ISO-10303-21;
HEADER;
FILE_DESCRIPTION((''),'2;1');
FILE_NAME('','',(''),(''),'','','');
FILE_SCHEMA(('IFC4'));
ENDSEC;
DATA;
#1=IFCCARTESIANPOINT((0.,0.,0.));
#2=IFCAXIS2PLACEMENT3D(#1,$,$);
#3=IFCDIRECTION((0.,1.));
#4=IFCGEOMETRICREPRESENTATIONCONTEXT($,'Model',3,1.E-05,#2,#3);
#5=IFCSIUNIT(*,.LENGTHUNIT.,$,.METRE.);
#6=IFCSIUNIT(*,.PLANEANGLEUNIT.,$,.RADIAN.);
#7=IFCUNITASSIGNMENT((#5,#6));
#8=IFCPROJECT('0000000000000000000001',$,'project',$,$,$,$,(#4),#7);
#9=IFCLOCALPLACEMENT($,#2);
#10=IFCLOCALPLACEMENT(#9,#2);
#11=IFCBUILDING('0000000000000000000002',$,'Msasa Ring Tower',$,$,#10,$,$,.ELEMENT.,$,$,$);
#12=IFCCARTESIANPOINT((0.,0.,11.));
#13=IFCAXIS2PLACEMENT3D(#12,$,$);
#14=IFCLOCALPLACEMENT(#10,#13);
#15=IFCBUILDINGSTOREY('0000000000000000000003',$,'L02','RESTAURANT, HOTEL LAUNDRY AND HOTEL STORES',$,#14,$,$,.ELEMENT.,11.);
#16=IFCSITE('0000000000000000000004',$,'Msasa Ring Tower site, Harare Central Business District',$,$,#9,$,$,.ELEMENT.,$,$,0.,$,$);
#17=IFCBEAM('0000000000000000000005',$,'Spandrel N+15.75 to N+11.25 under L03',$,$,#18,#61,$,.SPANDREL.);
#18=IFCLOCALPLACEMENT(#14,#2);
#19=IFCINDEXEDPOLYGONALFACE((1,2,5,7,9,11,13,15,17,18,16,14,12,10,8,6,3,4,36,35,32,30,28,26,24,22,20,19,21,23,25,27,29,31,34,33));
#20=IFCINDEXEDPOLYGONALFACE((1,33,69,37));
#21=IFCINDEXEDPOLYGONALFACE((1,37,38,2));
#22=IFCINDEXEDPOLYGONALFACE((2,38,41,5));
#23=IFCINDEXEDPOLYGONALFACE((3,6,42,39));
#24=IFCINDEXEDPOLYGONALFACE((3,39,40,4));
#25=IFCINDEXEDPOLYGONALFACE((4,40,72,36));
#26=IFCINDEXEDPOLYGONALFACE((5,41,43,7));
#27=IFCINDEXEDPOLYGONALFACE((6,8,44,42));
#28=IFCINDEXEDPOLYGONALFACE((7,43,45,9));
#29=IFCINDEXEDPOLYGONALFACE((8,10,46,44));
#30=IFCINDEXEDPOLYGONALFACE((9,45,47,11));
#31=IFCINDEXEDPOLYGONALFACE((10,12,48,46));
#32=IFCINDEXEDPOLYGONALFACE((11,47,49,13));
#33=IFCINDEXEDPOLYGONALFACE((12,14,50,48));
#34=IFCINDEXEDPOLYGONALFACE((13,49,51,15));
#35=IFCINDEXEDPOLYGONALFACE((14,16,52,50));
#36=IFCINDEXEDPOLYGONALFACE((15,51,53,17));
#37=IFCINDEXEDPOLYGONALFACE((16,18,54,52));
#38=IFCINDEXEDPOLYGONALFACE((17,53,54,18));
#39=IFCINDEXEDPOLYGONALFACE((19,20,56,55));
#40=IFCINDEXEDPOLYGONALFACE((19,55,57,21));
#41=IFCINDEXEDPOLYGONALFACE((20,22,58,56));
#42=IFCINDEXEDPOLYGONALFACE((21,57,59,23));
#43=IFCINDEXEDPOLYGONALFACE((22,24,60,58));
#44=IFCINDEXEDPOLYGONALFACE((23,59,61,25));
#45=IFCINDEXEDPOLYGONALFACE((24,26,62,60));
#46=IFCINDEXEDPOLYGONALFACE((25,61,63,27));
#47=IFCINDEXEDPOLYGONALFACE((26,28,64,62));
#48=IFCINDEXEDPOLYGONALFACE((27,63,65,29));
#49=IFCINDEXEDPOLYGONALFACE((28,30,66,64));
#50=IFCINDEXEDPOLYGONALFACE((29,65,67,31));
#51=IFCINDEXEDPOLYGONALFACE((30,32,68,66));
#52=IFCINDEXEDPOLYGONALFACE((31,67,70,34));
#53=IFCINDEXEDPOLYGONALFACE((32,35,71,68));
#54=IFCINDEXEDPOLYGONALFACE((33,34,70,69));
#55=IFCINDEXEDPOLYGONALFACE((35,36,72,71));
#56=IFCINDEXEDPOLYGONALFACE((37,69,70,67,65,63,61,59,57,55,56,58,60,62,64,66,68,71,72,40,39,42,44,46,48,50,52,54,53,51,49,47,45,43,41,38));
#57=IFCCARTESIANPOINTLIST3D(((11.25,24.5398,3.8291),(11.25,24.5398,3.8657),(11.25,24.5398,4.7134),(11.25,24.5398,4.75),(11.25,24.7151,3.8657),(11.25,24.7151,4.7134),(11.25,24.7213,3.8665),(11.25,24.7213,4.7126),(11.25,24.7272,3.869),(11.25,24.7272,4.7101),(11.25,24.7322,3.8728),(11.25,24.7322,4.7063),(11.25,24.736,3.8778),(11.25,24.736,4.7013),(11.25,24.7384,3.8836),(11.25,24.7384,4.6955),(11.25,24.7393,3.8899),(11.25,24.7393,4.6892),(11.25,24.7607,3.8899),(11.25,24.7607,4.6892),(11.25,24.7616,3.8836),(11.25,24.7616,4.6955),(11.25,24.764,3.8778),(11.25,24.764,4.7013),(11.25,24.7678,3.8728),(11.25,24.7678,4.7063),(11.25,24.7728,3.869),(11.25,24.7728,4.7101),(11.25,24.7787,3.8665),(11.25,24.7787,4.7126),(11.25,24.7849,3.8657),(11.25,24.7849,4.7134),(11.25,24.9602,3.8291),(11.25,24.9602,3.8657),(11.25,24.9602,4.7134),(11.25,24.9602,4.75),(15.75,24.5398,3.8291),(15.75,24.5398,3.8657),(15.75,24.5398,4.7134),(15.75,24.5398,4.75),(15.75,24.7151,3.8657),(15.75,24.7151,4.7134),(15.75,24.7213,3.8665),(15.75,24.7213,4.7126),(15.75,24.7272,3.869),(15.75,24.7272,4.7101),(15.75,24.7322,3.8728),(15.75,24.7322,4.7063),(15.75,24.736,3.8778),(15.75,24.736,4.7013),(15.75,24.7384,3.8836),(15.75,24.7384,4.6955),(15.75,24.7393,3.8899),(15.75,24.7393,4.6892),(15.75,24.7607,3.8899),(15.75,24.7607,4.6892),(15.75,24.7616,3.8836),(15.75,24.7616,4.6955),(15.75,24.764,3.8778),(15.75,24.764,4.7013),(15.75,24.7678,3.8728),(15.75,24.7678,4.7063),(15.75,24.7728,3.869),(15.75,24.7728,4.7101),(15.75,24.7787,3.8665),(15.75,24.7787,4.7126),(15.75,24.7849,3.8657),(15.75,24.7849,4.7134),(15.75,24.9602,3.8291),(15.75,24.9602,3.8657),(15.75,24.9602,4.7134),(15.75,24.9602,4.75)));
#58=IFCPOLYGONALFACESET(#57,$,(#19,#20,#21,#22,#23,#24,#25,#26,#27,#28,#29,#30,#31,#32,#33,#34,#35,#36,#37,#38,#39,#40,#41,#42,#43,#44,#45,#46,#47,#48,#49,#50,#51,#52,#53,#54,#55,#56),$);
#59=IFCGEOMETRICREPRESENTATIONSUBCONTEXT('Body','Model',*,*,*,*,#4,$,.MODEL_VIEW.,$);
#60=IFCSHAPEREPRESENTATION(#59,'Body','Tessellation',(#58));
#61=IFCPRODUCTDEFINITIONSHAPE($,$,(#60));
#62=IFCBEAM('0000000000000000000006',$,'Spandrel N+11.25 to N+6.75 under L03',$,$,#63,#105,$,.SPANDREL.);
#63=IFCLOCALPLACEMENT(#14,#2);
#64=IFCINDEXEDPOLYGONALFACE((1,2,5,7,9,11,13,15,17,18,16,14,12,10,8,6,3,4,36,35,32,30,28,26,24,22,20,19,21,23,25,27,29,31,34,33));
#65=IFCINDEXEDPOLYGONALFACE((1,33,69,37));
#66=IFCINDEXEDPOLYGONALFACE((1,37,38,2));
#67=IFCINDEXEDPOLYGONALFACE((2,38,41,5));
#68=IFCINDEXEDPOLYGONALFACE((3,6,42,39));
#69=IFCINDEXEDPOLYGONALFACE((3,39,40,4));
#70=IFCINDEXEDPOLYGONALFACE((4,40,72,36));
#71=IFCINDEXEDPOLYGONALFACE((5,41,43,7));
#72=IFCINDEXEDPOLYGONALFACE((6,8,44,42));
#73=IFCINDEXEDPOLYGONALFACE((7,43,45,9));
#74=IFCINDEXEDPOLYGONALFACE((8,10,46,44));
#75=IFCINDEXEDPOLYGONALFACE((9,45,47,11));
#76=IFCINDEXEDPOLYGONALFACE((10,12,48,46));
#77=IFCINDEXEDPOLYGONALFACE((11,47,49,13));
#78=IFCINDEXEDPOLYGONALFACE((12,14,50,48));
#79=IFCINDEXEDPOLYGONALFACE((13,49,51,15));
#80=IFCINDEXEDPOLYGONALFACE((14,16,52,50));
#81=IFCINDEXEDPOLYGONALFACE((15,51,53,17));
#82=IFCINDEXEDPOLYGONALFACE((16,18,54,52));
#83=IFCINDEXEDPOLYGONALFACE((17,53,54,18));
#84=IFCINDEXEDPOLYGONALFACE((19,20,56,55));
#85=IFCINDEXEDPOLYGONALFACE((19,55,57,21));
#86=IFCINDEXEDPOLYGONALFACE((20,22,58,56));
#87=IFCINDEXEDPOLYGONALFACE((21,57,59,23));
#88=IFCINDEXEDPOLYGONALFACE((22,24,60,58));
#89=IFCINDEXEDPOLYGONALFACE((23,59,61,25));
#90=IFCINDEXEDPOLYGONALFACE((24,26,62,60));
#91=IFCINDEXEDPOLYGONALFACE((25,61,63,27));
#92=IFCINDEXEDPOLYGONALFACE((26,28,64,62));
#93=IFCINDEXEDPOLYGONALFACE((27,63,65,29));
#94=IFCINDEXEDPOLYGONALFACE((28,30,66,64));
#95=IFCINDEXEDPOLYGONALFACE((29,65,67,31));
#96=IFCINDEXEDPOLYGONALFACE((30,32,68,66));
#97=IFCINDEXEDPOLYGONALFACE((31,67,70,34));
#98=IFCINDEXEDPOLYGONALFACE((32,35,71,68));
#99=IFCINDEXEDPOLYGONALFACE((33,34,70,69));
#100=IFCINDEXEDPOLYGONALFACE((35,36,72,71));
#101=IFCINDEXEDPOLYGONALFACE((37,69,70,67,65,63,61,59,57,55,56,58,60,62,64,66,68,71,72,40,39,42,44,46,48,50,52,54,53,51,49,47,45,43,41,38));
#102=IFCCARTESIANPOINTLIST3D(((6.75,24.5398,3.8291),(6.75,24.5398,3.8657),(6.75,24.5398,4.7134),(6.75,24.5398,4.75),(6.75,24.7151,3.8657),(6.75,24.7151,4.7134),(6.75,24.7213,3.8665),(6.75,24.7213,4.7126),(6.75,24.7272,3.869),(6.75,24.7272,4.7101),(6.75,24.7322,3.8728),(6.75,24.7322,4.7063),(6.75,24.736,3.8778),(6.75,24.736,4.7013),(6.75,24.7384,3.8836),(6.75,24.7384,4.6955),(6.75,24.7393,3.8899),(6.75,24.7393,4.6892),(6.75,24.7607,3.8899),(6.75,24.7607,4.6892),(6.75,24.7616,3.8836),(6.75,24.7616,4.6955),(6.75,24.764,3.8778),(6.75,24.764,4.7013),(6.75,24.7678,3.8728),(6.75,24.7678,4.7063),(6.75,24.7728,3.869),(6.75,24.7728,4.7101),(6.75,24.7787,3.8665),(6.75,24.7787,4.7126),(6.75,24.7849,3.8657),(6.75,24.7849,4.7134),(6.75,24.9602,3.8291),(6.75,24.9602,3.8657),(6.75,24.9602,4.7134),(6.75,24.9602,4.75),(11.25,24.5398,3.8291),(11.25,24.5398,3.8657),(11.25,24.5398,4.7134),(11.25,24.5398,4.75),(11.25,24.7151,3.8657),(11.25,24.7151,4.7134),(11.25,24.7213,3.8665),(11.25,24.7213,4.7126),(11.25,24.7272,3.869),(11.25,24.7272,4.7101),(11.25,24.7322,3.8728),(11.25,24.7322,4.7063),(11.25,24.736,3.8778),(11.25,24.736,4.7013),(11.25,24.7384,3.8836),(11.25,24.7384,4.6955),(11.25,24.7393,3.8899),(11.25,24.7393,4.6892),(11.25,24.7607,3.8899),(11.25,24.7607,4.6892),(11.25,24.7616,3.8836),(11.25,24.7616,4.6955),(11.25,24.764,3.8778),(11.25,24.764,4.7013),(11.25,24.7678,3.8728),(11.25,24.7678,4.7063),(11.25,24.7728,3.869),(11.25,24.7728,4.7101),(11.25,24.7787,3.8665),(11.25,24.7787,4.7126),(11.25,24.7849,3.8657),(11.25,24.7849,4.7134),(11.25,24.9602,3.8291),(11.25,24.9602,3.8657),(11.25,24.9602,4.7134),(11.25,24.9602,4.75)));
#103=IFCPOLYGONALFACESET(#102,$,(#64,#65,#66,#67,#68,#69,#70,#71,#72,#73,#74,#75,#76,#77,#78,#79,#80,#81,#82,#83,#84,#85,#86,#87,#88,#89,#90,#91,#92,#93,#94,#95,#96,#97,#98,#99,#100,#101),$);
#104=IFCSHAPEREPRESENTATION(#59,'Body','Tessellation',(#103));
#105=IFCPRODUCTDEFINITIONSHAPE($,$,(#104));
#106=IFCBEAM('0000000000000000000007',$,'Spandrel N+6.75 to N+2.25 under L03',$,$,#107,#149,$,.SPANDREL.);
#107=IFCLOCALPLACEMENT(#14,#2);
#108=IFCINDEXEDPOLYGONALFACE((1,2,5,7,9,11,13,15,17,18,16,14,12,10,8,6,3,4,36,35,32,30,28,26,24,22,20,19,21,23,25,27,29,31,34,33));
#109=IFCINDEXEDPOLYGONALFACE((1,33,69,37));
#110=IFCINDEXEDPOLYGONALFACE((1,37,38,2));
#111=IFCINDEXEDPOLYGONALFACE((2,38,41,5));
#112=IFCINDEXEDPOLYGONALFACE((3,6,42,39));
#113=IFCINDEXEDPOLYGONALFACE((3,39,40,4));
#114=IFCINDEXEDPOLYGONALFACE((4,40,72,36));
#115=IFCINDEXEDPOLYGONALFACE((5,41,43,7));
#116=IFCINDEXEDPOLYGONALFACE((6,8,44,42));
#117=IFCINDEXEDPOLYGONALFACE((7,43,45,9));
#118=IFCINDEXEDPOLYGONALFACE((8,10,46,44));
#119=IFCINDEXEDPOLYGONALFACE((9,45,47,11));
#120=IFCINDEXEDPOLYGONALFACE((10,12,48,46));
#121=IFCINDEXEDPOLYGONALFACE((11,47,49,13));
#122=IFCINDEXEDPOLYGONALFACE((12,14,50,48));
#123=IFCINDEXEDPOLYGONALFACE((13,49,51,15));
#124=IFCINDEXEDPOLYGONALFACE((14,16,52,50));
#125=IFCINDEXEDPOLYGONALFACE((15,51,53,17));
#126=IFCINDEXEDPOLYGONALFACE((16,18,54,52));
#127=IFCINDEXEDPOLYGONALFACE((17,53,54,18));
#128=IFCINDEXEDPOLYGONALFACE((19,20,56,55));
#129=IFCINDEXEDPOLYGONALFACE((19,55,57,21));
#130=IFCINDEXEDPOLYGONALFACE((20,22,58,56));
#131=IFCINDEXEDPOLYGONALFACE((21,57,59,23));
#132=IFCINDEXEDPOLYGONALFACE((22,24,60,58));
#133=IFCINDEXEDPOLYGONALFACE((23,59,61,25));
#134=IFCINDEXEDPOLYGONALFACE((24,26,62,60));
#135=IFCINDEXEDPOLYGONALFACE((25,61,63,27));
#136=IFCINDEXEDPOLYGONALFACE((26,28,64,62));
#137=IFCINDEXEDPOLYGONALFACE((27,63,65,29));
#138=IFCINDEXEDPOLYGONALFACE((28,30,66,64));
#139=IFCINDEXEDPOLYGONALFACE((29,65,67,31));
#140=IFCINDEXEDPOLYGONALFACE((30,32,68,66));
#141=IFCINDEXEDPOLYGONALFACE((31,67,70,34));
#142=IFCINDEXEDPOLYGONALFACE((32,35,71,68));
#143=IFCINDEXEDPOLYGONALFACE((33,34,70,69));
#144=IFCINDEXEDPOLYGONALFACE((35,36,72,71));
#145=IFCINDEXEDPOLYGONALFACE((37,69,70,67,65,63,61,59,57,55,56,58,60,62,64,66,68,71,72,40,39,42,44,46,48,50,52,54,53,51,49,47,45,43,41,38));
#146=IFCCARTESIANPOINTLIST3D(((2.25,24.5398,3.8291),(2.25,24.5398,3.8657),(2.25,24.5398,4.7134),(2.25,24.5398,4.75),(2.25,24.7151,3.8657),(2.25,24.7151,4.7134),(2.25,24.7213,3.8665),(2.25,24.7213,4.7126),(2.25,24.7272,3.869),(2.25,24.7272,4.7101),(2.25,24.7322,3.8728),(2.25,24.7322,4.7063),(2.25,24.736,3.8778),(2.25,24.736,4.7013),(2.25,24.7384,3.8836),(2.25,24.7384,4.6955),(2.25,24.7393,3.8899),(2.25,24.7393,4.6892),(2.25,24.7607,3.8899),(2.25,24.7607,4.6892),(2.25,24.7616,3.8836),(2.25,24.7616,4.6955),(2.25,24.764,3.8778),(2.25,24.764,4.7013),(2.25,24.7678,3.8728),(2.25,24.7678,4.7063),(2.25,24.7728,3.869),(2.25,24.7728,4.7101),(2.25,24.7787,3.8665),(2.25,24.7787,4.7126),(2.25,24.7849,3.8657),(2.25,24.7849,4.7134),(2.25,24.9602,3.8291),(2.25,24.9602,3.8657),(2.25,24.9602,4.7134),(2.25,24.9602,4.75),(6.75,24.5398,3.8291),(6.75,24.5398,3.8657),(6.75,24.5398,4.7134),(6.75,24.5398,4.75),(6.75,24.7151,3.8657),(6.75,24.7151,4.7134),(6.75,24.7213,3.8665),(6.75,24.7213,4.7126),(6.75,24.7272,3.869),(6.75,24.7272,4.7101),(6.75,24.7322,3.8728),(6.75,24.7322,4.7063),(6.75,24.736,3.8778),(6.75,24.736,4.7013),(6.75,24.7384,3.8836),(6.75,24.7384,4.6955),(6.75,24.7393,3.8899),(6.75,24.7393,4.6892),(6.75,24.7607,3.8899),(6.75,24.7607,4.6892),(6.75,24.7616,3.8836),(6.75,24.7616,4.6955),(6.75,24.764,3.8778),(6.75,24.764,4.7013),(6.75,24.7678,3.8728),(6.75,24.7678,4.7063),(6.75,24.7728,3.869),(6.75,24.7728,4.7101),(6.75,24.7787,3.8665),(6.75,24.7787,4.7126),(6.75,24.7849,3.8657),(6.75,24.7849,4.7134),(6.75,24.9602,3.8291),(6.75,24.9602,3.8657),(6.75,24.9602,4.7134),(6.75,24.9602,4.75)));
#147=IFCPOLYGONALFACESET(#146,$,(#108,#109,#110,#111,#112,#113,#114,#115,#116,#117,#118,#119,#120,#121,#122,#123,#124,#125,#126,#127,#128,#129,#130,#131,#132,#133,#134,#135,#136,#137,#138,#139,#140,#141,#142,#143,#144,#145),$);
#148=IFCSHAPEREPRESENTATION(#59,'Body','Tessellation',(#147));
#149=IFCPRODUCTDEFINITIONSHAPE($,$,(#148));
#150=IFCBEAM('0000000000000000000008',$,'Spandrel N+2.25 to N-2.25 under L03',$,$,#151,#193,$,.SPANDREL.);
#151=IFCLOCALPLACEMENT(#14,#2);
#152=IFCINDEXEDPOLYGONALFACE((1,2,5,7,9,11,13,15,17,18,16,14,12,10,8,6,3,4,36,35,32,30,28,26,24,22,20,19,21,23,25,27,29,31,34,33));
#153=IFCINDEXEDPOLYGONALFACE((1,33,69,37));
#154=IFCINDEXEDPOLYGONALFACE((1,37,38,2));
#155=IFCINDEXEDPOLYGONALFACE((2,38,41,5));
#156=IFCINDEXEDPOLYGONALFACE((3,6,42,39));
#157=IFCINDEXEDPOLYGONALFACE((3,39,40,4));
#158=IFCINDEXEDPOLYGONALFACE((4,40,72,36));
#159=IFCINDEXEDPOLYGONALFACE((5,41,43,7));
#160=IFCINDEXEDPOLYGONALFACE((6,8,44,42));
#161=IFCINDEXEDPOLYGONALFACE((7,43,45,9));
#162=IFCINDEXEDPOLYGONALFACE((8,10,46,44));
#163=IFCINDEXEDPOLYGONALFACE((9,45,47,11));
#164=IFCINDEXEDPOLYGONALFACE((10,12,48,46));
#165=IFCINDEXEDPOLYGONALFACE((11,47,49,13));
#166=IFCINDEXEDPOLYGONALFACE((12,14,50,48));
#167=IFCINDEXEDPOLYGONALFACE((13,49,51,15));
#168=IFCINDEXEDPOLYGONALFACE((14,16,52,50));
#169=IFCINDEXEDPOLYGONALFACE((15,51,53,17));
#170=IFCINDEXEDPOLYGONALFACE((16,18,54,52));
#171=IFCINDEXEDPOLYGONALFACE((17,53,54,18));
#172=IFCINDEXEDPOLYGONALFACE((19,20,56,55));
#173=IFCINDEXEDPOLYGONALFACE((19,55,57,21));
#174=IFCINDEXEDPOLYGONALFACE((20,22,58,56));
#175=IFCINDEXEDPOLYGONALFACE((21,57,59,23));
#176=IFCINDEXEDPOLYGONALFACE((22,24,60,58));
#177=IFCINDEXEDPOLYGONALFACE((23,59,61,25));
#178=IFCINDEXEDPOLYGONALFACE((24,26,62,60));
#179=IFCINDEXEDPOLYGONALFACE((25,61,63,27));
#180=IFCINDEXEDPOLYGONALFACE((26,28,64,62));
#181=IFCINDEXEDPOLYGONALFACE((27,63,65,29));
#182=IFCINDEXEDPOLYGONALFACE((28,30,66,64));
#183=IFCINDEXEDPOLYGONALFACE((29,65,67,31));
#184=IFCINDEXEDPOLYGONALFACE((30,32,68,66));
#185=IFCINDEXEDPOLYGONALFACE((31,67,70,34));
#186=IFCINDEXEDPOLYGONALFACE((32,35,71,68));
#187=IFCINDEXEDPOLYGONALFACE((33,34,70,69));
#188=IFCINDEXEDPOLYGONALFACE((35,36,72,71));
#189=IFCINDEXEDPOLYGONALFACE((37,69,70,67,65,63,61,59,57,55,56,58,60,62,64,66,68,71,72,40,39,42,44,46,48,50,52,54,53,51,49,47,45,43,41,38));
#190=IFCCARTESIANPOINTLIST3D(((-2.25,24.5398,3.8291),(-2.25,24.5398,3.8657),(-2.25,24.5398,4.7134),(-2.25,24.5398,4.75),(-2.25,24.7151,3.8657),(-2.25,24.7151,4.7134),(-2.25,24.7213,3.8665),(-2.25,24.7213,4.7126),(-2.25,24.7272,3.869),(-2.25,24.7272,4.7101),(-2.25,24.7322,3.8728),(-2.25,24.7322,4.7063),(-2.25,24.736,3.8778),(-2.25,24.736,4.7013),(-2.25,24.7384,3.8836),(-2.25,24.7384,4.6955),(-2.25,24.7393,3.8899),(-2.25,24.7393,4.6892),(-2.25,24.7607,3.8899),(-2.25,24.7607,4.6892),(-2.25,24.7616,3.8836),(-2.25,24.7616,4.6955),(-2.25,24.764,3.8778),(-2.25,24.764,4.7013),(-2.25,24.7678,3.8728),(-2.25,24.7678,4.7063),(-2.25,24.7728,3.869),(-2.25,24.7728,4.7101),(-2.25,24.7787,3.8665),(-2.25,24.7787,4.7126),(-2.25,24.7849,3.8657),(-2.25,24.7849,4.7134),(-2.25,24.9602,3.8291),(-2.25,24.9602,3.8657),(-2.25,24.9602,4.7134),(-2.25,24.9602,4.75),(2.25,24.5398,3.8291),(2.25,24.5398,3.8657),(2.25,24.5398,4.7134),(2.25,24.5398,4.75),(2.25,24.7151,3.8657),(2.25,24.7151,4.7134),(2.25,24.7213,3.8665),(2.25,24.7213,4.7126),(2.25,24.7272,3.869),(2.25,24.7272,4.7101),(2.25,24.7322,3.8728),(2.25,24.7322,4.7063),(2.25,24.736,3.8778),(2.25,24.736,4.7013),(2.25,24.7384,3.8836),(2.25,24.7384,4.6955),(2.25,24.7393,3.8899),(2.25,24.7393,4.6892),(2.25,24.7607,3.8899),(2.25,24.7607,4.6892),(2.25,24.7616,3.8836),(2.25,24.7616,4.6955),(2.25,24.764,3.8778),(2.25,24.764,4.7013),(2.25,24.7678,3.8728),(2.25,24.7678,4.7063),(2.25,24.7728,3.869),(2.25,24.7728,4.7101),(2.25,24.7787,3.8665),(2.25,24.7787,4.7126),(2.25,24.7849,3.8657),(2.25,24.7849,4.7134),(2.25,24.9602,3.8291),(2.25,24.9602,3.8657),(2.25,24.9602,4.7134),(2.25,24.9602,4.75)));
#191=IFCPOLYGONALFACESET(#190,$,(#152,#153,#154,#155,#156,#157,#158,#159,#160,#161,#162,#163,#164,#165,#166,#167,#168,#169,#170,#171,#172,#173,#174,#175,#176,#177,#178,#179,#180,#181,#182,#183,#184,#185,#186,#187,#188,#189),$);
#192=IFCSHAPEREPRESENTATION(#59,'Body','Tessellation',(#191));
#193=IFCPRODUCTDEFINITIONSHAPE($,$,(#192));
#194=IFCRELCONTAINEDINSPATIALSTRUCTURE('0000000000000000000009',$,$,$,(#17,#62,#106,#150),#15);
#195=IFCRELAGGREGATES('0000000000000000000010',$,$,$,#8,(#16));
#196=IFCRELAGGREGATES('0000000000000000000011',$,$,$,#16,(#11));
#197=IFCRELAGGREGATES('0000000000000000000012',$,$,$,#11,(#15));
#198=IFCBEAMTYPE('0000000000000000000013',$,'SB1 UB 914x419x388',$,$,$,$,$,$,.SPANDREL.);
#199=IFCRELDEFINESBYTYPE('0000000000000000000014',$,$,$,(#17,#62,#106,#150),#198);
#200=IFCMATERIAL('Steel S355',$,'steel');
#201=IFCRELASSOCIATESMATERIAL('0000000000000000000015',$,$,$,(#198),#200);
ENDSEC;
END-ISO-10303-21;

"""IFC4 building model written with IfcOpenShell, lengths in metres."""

from ifc_helpers import new_model, si_unit, direction, frame, origin, origin_2d, place, context, subcontext, project, spatial, i_section, extrude, material, material_profile, profile_set, type_object, element, save


model = new_model("IFC4")

# Units and contexts
model_context = context("Model", 3, precision=1e-05, world=origin(), true_north=direction((0.0, 1.0)))
body_context = subcontext(model_context, "Body", "Model", "MODEL_VIEW")
ifc_project = project(units=[si_unit("LENGTHUNIT", "METRE"), si_unit("PLANEANGLEUNIT", "RADIAN")], contexts=[model_context])

# Site, building, storey
site_placement = place(None, origin())
site = spatial("IfcSite", under=ifc_project, at=site_placement, Name="Msasa Ring Tower site, Harare Central Business District", CompositionType="ELEMENT", RefElevation=0.0)
building_placement = place(site_placement, origin())
building = spatial("IfcBuilding", under=site, at=building_placement, Name="Msasa Ring Tower", CompositionType="ELEMENT")
storey_placement = place(building_placement, frame((0.0, 0.0, 11.0)))
storey = spatial("IfcBuildingStorey", under=building, at=storey_placement, Name="L02", Description="RESTAURANT, HOTEL LAUNDRY AND HOTEL STORES", CompositionType="ELEMENT", Elevation=11.0)

# Beams
ifc_material_1 = material(Name="Steel S355", Category="steel")
ifc_material_profile_1 = material_profile(ifc_material_1, i_section(OverallWidth=0.4204, OverallDepth=0.9209, WebThickness=0.0215, FlangeThickness=0.0366, FilletRadius=0.0242, at=origin_2d()), Name="UB 914x419x388")
ifc_profile_set_1 = profile_set([ifc_material_profile_1], Name="Steel S355")
beam_type_1 = type_object("IfcBeamType", Name="SB1 UB 914x419x388", PredefinedType="SPANDREL", material=ifc_profile_set_1)
for number, where, z_axis, x_axis, name in (
    (1, (15.75, 24.75, 4.2896), (-1.0, 0.0, 0.0), (0.0, -1.0, 0.0), "Spandrel N+15.75 to N+11.25 under L03"),
    (2, (11.25, 24.75, 4.2896), (-1.0, 0.0, 0.0), (0.0, -1.0, 0.0), "Spandrel N+11.25 to N+6.75 under L03"),
    (3, (6.75, 24.75, 4.2896), (-1.0, 0.0, 0.0), (0.0, -1.0, 0.0), "Spandrel N+6.75 to N+2.25 under L03"),
    (4, (2.25, 24.75, 4.2896), (-1.0, 0.0, 0.0), (0.0, -1.0, 0.0), "Spandrel N+2.25 to N-2.25 under L03"),
):
    element("IfcBeam", number, at=place(storey_placement, frame(where, z_axis=z_axis, x_axis=x_axis)), inside=storey, type_object=beam_type_1, Name=name, PredefinedType="SPANDREL", context=body_context, shape_type="SweptSolid", body=[
        extrude(i_section(OverallWidth=0.4204, OverallDepth=0.9209, WebThickness=0.0215, FlangeThickness=0.0366, FilletRadius=0.0242, at=origin_2d()), origin(), (0.0, 0.0, 1.0), 4.5),
    ])

save(model, "model.ifc")
